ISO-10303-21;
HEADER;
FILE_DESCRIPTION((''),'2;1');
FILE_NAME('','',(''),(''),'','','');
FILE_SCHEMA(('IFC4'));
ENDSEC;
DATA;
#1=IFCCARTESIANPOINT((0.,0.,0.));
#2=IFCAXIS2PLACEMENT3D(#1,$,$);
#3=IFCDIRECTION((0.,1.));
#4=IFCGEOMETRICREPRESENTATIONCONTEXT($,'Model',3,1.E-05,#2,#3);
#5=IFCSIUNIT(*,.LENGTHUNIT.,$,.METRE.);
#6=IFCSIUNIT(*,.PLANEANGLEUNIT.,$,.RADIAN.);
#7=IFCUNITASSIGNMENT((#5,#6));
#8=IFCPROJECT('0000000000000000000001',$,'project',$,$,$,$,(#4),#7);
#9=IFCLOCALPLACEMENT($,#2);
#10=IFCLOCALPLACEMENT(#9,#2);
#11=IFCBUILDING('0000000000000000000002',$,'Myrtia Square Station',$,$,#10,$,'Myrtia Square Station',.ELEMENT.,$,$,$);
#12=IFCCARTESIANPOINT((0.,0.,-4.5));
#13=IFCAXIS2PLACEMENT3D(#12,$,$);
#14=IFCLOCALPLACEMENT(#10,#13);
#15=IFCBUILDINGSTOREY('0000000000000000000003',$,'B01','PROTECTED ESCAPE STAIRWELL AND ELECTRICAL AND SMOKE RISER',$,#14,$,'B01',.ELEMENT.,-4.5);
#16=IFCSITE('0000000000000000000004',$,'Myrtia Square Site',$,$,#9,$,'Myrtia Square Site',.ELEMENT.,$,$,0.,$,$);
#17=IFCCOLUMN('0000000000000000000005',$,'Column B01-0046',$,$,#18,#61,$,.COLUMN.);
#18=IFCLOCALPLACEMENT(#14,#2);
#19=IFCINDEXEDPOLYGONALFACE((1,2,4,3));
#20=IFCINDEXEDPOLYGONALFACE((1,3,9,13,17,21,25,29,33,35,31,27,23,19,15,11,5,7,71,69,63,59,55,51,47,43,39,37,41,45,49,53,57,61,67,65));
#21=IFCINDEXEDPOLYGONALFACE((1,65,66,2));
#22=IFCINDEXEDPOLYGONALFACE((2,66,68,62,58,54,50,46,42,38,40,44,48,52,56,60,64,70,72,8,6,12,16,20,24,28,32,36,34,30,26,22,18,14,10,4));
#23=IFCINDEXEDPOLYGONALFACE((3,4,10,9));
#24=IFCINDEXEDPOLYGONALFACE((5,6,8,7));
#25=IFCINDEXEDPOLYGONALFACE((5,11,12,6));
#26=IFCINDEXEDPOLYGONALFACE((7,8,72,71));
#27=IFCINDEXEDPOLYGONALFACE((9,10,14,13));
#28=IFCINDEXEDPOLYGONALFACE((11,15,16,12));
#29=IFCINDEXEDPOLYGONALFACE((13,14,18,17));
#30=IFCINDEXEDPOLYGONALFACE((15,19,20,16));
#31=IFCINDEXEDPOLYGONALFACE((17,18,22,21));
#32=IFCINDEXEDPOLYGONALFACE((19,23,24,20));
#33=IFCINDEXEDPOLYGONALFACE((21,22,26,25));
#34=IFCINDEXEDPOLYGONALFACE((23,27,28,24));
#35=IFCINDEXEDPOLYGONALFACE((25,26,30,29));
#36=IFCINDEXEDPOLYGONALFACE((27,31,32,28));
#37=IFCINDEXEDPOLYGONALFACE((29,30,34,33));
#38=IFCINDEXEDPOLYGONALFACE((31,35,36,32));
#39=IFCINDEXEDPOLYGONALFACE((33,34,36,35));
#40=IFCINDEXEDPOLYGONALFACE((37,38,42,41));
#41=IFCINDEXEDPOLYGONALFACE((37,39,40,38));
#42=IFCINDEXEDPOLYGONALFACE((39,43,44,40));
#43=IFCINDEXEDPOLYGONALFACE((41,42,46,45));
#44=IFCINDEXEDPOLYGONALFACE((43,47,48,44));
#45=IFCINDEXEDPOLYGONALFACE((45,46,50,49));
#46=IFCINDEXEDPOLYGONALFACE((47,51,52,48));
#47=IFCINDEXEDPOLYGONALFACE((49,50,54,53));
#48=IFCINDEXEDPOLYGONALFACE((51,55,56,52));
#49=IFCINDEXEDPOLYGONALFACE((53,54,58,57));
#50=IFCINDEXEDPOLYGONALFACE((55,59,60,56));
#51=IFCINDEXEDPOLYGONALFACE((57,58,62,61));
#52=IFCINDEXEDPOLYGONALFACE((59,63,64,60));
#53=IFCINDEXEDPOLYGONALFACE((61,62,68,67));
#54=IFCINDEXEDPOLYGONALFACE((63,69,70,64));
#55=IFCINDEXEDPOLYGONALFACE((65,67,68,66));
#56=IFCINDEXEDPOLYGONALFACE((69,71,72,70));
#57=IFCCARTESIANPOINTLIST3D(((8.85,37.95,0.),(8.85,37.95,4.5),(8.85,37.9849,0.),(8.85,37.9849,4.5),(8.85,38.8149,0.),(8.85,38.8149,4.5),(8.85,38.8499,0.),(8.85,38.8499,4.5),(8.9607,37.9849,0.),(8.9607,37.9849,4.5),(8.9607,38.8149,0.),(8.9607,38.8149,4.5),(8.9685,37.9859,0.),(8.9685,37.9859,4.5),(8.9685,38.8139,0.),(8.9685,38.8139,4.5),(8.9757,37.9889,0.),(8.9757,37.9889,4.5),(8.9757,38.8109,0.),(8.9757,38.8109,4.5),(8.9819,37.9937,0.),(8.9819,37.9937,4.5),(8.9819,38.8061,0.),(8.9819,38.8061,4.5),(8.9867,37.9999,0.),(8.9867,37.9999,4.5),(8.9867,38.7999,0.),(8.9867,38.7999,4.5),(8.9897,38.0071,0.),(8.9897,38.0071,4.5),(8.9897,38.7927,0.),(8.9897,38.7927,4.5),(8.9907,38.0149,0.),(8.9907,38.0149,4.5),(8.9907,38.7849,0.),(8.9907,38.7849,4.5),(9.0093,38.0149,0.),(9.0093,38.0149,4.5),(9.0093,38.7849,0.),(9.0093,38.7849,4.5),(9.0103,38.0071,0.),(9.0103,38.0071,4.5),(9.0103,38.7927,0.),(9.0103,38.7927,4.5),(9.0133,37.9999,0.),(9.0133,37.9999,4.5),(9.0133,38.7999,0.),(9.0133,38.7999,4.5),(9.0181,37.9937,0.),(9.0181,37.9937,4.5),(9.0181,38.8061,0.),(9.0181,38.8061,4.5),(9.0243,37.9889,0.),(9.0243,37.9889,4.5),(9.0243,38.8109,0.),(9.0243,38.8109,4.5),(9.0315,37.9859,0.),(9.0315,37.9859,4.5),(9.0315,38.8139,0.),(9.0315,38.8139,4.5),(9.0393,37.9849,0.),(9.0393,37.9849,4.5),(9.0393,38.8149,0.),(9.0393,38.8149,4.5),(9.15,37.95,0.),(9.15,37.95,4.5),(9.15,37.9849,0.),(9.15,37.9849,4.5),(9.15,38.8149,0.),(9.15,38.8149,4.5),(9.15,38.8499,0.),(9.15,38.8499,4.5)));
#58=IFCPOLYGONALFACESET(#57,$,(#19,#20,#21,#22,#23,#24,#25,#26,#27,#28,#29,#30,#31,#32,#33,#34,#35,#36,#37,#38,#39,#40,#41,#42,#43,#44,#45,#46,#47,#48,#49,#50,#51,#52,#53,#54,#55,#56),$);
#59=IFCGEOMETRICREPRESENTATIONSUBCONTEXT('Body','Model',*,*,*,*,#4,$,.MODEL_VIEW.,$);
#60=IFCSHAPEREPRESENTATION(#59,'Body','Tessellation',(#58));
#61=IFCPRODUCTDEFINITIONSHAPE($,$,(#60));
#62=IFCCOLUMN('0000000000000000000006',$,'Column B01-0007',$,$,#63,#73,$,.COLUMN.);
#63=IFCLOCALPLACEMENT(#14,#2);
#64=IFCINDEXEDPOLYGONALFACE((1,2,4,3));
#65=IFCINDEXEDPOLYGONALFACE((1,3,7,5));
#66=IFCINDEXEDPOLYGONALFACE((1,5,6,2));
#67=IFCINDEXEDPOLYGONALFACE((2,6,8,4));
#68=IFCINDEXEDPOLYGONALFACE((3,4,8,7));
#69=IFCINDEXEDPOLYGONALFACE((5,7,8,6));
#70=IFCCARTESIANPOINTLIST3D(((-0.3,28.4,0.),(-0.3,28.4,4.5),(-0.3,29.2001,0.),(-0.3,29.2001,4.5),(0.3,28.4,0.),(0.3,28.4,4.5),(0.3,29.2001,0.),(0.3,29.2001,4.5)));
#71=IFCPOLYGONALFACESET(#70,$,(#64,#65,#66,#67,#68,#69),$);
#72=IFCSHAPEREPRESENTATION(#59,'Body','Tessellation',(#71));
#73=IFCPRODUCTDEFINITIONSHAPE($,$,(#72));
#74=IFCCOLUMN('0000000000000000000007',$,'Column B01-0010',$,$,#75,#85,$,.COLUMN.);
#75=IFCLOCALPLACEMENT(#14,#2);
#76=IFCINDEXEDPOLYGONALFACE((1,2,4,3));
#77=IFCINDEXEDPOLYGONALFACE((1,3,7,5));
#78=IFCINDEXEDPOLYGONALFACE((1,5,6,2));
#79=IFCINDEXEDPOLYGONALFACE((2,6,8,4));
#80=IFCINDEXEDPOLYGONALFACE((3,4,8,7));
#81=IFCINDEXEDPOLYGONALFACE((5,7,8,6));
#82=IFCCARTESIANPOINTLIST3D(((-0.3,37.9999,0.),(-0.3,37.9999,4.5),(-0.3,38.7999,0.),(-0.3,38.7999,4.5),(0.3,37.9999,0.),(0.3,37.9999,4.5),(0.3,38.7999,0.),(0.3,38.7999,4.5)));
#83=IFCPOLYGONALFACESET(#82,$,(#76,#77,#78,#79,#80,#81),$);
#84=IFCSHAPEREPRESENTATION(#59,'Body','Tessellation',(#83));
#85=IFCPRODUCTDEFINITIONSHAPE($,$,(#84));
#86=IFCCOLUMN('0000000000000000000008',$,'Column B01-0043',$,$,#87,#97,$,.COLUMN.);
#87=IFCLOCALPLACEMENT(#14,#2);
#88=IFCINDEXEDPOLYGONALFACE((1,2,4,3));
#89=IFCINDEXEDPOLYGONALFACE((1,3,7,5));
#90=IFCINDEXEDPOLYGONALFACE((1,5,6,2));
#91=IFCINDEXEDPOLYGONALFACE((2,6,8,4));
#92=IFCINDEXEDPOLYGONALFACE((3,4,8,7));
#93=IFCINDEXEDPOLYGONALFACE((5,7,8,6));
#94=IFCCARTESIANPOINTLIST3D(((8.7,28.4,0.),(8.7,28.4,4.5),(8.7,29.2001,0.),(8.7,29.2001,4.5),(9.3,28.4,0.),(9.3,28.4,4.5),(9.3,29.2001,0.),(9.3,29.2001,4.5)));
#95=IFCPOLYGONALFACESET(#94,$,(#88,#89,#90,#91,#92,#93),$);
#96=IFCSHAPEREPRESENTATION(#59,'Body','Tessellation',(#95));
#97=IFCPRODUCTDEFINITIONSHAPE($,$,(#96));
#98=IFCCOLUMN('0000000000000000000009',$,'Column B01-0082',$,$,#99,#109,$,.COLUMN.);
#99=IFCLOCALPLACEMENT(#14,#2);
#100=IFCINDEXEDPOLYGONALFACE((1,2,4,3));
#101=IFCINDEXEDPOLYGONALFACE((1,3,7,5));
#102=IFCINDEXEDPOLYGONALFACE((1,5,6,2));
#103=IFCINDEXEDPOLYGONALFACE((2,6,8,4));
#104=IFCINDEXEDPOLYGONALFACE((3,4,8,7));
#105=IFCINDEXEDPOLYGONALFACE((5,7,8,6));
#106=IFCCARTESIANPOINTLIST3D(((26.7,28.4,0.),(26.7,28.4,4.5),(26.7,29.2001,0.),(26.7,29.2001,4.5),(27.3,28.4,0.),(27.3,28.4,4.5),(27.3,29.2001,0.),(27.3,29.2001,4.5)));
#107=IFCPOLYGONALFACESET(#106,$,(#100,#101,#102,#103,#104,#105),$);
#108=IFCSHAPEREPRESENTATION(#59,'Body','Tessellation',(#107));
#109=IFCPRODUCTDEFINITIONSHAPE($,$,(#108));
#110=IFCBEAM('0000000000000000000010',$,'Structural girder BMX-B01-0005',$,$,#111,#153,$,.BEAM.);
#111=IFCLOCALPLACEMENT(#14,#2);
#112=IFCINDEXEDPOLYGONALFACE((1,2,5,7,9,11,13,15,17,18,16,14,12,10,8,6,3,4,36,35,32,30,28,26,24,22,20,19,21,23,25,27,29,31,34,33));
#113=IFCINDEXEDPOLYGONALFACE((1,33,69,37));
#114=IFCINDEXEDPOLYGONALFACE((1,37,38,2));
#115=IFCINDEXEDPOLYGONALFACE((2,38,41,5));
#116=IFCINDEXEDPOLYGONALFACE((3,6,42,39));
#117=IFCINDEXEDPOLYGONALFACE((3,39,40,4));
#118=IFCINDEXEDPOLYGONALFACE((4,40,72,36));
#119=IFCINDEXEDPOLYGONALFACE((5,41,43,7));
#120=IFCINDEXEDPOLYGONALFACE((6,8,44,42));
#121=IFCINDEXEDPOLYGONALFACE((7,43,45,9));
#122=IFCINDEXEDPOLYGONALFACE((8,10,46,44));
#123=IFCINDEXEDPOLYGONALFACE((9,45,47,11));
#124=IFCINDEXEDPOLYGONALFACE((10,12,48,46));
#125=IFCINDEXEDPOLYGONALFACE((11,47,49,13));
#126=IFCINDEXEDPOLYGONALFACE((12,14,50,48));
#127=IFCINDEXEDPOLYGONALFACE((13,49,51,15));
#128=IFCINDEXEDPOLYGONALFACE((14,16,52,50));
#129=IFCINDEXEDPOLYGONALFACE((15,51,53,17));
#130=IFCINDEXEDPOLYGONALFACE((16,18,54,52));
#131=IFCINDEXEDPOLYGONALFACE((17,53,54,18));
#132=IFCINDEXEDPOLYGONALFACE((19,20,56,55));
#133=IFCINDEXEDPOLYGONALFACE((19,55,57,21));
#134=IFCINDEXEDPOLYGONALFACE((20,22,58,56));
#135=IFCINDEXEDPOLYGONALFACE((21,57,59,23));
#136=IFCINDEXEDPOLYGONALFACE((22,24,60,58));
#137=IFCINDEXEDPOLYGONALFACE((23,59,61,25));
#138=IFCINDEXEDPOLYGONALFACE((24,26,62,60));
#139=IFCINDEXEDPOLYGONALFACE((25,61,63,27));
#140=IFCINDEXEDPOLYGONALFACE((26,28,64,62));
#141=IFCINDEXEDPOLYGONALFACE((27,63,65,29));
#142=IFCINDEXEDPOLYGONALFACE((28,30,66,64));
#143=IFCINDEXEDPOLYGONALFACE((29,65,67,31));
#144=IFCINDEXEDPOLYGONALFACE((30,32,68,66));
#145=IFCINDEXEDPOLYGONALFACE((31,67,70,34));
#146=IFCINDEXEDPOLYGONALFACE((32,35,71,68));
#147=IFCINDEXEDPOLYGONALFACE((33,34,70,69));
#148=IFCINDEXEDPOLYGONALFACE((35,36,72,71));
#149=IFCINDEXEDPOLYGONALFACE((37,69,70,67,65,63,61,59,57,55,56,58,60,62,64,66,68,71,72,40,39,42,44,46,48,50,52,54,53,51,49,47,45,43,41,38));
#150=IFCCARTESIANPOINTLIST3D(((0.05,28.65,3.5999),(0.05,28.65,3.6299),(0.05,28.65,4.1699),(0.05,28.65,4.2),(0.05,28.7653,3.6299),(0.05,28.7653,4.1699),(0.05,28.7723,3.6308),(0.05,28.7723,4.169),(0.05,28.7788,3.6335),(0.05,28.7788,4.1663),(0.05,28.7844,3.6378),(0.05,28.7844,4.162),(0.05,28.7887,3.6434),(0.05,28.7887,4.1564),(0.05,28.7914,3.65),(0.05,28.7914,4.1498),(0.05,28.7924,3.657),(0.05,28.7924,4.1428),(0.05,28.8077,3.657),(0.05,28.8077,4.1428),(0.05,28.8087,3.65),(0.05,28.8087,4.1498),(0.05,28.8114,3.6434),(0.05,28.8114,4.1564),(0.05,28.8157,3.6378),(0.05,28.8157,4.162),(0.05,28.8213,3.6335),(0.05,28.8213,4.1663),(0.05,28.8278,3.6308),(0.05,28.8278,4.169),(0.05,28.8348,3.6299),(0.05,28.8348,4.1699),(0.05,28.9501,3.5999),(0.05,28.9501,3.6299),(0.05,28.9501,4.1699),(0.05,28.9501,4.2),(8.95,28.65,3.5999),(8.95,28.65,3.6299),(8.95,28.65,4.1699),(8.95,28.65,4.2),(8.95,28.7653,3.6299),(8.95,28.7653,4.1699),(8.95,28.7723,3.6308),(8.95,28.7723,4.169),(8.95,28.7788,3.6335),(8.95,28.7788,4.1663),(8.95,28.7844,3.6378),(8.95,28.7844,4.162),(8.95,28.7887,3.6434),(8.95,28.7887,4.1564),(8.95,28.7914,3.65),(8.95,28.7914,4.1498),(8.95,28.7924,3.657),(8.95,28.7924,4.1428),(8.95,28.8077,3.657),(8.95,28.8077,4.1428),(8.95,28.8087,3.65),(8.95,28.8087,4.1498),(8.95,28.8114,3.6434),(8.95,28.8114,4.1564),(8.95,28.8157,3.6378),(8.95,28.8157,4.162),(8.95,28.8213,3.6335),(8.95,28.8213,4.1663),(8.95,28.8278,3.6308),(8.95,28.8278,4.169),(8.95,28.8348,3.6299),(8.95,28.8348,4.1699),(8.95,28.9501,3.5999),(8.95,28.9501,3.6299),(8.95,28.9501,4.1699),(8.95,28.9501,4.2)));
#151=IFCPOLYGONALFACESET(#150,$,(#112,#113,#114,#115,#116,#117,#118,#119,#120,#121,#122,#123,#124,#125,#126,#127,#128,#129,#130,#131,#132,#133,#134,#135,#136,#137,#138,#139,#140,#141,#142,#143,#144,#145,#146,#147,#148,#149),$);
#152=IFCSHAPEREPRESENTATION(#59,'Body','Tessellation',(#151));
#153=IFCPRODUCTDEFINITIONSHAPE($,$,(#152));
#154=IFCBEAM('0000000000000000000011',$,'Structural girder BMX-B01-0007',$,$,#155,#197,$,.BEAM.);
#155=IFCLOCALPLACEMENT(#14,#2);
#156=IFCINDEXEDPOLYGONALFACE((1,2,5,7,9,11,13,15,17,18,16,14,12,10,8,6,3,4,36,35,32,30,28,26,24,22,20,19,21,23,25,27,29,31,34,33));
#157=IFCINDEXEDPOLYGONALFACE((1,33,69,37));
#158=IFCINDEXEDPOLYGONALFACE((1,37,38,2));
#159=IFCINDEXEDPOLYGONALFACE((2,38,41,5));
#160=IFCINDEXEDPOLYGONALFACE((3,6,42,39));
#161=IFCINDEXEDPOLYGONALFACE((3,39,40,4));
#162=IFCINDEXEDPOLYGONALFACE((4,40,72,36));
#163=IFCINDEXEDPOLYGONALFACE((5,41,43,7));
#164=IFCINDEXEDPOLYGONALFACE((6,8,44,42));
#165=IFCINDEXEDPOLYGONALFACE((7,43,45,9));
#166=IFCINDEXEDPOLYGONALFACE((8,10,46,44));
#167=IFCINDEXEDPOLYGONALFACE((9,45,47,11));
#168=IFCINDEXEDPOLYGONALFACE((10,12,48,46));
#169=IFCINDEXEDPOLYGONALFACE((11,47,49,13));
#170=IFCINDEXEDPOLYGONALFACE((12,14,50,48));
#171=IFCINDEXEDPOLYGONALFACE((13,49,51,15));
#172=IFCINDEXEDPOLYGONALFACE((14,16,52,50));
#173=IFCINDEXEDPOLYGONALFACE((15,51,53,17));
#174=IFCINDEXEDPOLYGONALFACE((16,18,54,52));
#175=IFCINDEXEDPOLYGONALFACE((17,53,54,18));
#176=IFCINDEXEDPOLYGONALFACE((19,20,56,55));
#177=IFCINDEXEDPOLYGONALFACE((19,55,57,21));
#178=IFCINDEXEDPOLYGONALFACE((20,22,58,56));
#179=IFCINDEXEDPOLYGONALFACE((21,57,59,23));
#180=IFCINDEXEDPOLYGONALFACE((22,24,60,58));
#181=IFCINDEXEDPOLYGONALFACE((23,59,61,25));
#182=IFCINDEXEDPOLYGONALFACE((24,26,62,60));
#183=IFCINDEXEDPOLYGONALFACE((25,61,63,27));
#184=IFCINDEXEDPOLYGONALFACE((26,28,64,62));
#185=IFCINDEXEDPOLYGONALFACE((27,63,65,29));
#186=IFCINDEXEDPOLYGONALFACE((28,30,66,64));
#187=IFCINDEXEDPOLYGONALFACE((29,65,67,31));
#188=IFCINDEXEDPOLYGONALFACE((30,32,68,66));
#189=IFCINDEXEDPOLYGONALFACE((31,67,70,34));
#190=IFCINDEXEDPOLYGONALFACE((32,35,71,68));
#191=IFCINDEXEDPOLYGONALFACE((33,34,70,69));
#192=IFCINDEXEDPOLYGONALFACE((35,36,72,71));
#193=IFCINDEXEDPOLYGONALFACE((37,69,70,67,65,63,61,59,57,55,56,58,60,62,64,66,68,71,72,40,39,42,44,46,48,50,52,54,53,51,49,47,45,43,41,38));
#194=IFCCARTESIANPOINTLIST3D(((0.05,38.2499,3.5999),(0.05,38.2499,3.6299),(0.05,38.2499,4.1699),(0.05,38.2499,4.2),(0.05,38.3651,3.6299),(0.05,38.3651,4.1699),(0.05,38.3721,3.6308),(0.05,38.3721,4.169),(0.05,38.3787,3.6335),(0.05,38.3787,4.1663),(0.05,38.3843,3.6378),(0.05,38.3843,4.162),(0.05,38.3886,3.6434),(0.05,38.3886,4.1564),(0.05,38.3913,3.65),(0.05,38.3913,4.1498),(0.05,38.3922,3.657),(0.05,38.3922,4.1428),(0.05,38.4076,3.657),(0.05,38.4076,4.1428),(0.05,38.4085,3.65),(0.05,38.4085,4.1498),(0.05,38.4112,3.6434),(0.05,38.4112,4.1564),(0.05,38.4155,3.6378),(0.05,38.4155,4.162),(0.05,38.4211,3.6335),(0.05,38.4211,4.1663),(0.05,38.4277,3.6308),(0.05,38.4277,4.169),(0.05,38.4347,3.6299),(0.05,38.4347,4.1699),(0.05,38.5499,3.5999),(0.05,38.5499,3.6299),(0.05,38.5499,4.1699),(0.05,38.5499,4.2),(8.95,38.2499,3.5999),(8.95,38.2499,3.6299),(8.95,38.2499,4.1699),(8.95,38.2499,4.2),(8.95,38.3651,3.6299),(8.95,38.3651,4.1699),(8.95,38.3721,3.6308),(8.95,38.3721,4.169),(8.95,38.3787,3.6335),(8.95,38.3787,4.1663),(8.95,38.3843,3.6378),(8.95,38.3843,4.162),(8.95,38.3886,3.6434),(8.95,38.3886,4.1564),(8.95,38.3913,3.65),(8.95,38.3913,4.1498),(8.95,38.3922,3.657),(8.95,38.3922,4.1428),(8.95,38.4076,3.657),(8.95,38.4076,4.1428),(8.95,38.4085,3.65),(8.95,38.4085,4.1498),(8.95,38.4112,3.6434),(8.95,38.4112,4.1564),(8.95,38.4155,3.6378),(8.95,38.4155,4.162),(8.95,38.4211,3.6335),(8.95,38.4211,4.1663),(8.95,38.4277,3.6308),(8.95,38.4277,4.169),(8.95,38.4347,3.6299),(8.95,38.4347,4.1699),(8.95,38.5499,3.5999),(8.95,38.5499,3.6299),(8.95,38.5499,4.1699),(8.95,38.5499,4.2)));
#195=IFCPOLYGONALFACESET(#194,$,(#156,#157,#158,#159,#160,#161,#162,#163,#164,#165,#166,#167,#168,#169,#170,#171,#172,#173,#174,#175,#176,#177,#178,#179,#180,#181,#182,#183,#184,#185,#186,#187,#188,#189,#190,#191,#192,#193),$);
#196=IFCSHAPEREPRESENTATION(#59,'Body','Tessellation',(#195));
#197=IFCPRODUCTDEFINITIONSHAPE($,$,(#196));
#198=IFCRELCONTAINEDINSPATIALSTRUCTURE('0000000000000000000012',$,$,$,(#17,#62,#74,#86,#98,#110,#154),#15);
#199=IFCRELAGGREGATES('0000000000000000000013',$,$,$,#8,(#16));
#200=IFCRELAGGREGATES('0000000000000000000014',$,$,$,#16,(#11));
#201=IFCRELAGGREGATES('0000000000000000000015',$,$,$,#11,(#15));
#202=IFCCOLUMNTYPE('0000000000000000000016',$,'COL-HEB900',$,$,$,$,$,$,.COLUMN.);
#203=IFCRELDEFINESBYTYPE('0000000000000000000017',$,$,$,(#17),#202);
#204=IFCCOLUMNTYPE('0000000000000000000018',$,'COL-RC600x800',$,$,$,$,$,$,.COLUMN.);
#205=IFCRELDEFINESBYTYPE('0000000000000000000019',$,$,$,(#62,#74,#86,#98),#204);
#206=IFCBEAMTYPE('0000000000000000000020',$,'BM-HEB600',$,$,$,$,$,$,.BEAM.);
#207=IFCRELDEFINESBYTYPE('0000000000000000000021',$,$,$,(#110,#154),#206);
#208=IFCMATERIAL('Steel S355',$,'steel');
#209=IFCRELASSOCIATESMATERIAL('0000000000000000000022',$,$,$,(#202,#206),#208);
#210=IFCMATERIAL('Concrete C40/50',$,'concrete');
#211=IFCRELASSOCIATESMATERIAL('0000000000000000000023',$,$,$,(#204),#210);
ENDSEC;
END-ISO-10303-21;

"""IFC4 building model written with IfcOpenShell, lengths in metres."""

from ifc_helpers import new_model, si_unit, direction, frame, origin, origin_2d, place, context, subcontext, project, spatial, rectangle, i_section, extrude, material, material_profile, profile_set, type_object, element, save


model = new_model("IFC4")

# Units and contexts
model_context = context("Model", 3, precision=1e-05, world=origin(), true_north=direction((0.0, 1.0)))
body_context = subcontext(model_context, "Body", "Model", "MODEL_VIEW")
ifc_project = project(units=[si_unit("LENGTHUNIT", "METRE"), si_unit("PLANEANGLEUNIT", "RADIAN")], contexts=[model_context])

# Site, building, storey
site_placement = place(None, origin())
site = spatial("IfcSite", under=ifc_project, at=site_placement, Name="Myrtia Square Site", LongName="Myrtia Square Site", CompositionType="ELEMENT", RefElevation=0.0)
building_placement = place(site_placement, origin())
building = spatial("IfcBuilding", under=site, at=building_placement, Name="Myrtia Square Station", LongName="Myrtia Square Station", CompositionType="ELEMENT")
storey_placement = place(building_placement, frame((0.0, 0.0, -4.5)))
storey = spatial("IfcBuildingStorey", under=building, at=storey_placement, Name="B01", Description="PROTECTED ESCAPE STAIRWELL AND ELECTRICAL AND SMOKE RISER", LongName="B01", CompositionType="ELEMENT", Elevation=-4.5)

# Columns
ifc_material_1 = material(Name="Steel S355", Category="steel")
ifc_material_profile_1 = material_profile(ifc_material_1, i_section(OverallWidth=0.3, OverallDepth=0.8999, WebThickness=0.0186, FlangeThickness=0.0349, FilletRadius=0.03, at=origin_2d()), Name="HEB 900")
ifc_profile_set_1 = profile_set([ifc_material_profile_1], Name="Steel S355")
column_type_1 = type_object("IfcColumnType", Name="COL-HEB900", PredefinedType="COLUMN", material=ifc_profile_set_1)
column_placement = place(storey_placement, frame((9.0, 38.3999, 0.0), z_axis=(0.0, 0.0, 1.0), x_axis=(1.0, 0.0, 0.0)))
element("IfcColumn", 1, at=column_placement, inside=storey, type_object=column_type_1, Name="Column B01-0046", PredefinedType="COLUMN", context=body_context, shape_type="SweptSolid", body=[
    extrude(i_section(OverallWidth=0.3, OverallDepth=0.8999, WebThickness=0.0186, FlangeThickness=0.0349, FilletRadius=0.03, at=origin_2d()), origin(), (0.0, 0.0, 1.0), 4.5),
])
ifc_material_2 = material(Name="Concrete C40/50", Category="concrete")
ifc_material_profile_2 = material_profile(ifc_material_2, rectangle(XDim=0.6001, YDim=0.8, at=origin_2d()), Name="RC 600x800")
ifc_profile_set_2 = profile_set([ifc_material_profile_2], Name="Concrete C40/50")
column_type_2 = type_object("IfcColumnType", Name="COL-RC600x800", PredefinedType="COLUMN", material=ifc_profile_set_2)
for number, where, z_axis, x_axis, name in (
    (2, (0.0, 28.8, 0.0), (0.0, 0.0, 1.0), (1.0, 0.0, 0.0), "Column B01-0007"),
    (3, (0.0, 38.3999, 0.0), (0.0, 0.0, 1.0), (1.0, 0.0, 0.0), "Column B01-0010"),
    (4, (9.0, 28.8, 0.0), (0.0, 0.0, 1.0), (1.0, 0.0, 0.0), "Column B01-0043"),
    (5, (27.0, 28.8, 0.0), (0.0, 0.0, 1.0), (1.0, 0.0, 0.0), "Column B01-0082"),
):
    element("IfcColumn", number, at=place(storey_placement, frame(where, z_axis=z_axis, x_axis=x_axis)), inside=storey, type_object=column_type_2, Name=name, PredefinedType="COLUMN", context=body_context, shape_type="SweptSolid", body=[
        extrude(rectangle(XDim=0.6001, YDim=0.8, at=origin_2d()), origin(), (0.0, 0.0, 1.0), 4.5),
    ])

# Beams
ifc_material_profile_3 = material_profile(ifc_material_1, i_section(OverallWidth=0.3, OverallDepth=0.6001, WebThickness=0.0154, FlangeThickness=0.03, FilletRadius=0.0271, at=origin_2d()), Name="HEB 600")
ifc_profile_set_3 = profile_set([ifc_material_profile_3], Name="Steel S355")
beam_type_1 = type_object("IfcBeamType", Name="BM-HEB600", PredefinedType="BEAM", material=ifc_profile_set_3)
for number, where, z_axis, x_axis, name in (
    (6, (0.05, 28.8, 3.8999), (1.0, 0.0, 0.0), (0.0, 1.0, 0.0), "Structural girder BMX-B01-0005"),
    (7, (0.05, 38.3999, 3.8999), (1.0, 0.0, 0.0), (0.0, 1.0, 0.0), "Structural girder BMX-B01-0007"),
):
    element("IfcBeam", number, at=place(storey_placement, frame(where, z_axis=z_axis, x_axis=x_axis)), inside=storey, type_object=beam_type_1, Name=name, PredefinedType="BEAM", context=body_context, shape_type="SweptSolid", body=[
        extrude(i_section(OverallWidth=0.3, OverallDepth=0.6001, WebThickness=0.0154, FlangeThickness=0.03, FilletRadius=0.0271, at=origin_2d()), origin(), (0.0, 0.0, 1.0), 8.8999),
    ])

save(model, "model.ifc")
